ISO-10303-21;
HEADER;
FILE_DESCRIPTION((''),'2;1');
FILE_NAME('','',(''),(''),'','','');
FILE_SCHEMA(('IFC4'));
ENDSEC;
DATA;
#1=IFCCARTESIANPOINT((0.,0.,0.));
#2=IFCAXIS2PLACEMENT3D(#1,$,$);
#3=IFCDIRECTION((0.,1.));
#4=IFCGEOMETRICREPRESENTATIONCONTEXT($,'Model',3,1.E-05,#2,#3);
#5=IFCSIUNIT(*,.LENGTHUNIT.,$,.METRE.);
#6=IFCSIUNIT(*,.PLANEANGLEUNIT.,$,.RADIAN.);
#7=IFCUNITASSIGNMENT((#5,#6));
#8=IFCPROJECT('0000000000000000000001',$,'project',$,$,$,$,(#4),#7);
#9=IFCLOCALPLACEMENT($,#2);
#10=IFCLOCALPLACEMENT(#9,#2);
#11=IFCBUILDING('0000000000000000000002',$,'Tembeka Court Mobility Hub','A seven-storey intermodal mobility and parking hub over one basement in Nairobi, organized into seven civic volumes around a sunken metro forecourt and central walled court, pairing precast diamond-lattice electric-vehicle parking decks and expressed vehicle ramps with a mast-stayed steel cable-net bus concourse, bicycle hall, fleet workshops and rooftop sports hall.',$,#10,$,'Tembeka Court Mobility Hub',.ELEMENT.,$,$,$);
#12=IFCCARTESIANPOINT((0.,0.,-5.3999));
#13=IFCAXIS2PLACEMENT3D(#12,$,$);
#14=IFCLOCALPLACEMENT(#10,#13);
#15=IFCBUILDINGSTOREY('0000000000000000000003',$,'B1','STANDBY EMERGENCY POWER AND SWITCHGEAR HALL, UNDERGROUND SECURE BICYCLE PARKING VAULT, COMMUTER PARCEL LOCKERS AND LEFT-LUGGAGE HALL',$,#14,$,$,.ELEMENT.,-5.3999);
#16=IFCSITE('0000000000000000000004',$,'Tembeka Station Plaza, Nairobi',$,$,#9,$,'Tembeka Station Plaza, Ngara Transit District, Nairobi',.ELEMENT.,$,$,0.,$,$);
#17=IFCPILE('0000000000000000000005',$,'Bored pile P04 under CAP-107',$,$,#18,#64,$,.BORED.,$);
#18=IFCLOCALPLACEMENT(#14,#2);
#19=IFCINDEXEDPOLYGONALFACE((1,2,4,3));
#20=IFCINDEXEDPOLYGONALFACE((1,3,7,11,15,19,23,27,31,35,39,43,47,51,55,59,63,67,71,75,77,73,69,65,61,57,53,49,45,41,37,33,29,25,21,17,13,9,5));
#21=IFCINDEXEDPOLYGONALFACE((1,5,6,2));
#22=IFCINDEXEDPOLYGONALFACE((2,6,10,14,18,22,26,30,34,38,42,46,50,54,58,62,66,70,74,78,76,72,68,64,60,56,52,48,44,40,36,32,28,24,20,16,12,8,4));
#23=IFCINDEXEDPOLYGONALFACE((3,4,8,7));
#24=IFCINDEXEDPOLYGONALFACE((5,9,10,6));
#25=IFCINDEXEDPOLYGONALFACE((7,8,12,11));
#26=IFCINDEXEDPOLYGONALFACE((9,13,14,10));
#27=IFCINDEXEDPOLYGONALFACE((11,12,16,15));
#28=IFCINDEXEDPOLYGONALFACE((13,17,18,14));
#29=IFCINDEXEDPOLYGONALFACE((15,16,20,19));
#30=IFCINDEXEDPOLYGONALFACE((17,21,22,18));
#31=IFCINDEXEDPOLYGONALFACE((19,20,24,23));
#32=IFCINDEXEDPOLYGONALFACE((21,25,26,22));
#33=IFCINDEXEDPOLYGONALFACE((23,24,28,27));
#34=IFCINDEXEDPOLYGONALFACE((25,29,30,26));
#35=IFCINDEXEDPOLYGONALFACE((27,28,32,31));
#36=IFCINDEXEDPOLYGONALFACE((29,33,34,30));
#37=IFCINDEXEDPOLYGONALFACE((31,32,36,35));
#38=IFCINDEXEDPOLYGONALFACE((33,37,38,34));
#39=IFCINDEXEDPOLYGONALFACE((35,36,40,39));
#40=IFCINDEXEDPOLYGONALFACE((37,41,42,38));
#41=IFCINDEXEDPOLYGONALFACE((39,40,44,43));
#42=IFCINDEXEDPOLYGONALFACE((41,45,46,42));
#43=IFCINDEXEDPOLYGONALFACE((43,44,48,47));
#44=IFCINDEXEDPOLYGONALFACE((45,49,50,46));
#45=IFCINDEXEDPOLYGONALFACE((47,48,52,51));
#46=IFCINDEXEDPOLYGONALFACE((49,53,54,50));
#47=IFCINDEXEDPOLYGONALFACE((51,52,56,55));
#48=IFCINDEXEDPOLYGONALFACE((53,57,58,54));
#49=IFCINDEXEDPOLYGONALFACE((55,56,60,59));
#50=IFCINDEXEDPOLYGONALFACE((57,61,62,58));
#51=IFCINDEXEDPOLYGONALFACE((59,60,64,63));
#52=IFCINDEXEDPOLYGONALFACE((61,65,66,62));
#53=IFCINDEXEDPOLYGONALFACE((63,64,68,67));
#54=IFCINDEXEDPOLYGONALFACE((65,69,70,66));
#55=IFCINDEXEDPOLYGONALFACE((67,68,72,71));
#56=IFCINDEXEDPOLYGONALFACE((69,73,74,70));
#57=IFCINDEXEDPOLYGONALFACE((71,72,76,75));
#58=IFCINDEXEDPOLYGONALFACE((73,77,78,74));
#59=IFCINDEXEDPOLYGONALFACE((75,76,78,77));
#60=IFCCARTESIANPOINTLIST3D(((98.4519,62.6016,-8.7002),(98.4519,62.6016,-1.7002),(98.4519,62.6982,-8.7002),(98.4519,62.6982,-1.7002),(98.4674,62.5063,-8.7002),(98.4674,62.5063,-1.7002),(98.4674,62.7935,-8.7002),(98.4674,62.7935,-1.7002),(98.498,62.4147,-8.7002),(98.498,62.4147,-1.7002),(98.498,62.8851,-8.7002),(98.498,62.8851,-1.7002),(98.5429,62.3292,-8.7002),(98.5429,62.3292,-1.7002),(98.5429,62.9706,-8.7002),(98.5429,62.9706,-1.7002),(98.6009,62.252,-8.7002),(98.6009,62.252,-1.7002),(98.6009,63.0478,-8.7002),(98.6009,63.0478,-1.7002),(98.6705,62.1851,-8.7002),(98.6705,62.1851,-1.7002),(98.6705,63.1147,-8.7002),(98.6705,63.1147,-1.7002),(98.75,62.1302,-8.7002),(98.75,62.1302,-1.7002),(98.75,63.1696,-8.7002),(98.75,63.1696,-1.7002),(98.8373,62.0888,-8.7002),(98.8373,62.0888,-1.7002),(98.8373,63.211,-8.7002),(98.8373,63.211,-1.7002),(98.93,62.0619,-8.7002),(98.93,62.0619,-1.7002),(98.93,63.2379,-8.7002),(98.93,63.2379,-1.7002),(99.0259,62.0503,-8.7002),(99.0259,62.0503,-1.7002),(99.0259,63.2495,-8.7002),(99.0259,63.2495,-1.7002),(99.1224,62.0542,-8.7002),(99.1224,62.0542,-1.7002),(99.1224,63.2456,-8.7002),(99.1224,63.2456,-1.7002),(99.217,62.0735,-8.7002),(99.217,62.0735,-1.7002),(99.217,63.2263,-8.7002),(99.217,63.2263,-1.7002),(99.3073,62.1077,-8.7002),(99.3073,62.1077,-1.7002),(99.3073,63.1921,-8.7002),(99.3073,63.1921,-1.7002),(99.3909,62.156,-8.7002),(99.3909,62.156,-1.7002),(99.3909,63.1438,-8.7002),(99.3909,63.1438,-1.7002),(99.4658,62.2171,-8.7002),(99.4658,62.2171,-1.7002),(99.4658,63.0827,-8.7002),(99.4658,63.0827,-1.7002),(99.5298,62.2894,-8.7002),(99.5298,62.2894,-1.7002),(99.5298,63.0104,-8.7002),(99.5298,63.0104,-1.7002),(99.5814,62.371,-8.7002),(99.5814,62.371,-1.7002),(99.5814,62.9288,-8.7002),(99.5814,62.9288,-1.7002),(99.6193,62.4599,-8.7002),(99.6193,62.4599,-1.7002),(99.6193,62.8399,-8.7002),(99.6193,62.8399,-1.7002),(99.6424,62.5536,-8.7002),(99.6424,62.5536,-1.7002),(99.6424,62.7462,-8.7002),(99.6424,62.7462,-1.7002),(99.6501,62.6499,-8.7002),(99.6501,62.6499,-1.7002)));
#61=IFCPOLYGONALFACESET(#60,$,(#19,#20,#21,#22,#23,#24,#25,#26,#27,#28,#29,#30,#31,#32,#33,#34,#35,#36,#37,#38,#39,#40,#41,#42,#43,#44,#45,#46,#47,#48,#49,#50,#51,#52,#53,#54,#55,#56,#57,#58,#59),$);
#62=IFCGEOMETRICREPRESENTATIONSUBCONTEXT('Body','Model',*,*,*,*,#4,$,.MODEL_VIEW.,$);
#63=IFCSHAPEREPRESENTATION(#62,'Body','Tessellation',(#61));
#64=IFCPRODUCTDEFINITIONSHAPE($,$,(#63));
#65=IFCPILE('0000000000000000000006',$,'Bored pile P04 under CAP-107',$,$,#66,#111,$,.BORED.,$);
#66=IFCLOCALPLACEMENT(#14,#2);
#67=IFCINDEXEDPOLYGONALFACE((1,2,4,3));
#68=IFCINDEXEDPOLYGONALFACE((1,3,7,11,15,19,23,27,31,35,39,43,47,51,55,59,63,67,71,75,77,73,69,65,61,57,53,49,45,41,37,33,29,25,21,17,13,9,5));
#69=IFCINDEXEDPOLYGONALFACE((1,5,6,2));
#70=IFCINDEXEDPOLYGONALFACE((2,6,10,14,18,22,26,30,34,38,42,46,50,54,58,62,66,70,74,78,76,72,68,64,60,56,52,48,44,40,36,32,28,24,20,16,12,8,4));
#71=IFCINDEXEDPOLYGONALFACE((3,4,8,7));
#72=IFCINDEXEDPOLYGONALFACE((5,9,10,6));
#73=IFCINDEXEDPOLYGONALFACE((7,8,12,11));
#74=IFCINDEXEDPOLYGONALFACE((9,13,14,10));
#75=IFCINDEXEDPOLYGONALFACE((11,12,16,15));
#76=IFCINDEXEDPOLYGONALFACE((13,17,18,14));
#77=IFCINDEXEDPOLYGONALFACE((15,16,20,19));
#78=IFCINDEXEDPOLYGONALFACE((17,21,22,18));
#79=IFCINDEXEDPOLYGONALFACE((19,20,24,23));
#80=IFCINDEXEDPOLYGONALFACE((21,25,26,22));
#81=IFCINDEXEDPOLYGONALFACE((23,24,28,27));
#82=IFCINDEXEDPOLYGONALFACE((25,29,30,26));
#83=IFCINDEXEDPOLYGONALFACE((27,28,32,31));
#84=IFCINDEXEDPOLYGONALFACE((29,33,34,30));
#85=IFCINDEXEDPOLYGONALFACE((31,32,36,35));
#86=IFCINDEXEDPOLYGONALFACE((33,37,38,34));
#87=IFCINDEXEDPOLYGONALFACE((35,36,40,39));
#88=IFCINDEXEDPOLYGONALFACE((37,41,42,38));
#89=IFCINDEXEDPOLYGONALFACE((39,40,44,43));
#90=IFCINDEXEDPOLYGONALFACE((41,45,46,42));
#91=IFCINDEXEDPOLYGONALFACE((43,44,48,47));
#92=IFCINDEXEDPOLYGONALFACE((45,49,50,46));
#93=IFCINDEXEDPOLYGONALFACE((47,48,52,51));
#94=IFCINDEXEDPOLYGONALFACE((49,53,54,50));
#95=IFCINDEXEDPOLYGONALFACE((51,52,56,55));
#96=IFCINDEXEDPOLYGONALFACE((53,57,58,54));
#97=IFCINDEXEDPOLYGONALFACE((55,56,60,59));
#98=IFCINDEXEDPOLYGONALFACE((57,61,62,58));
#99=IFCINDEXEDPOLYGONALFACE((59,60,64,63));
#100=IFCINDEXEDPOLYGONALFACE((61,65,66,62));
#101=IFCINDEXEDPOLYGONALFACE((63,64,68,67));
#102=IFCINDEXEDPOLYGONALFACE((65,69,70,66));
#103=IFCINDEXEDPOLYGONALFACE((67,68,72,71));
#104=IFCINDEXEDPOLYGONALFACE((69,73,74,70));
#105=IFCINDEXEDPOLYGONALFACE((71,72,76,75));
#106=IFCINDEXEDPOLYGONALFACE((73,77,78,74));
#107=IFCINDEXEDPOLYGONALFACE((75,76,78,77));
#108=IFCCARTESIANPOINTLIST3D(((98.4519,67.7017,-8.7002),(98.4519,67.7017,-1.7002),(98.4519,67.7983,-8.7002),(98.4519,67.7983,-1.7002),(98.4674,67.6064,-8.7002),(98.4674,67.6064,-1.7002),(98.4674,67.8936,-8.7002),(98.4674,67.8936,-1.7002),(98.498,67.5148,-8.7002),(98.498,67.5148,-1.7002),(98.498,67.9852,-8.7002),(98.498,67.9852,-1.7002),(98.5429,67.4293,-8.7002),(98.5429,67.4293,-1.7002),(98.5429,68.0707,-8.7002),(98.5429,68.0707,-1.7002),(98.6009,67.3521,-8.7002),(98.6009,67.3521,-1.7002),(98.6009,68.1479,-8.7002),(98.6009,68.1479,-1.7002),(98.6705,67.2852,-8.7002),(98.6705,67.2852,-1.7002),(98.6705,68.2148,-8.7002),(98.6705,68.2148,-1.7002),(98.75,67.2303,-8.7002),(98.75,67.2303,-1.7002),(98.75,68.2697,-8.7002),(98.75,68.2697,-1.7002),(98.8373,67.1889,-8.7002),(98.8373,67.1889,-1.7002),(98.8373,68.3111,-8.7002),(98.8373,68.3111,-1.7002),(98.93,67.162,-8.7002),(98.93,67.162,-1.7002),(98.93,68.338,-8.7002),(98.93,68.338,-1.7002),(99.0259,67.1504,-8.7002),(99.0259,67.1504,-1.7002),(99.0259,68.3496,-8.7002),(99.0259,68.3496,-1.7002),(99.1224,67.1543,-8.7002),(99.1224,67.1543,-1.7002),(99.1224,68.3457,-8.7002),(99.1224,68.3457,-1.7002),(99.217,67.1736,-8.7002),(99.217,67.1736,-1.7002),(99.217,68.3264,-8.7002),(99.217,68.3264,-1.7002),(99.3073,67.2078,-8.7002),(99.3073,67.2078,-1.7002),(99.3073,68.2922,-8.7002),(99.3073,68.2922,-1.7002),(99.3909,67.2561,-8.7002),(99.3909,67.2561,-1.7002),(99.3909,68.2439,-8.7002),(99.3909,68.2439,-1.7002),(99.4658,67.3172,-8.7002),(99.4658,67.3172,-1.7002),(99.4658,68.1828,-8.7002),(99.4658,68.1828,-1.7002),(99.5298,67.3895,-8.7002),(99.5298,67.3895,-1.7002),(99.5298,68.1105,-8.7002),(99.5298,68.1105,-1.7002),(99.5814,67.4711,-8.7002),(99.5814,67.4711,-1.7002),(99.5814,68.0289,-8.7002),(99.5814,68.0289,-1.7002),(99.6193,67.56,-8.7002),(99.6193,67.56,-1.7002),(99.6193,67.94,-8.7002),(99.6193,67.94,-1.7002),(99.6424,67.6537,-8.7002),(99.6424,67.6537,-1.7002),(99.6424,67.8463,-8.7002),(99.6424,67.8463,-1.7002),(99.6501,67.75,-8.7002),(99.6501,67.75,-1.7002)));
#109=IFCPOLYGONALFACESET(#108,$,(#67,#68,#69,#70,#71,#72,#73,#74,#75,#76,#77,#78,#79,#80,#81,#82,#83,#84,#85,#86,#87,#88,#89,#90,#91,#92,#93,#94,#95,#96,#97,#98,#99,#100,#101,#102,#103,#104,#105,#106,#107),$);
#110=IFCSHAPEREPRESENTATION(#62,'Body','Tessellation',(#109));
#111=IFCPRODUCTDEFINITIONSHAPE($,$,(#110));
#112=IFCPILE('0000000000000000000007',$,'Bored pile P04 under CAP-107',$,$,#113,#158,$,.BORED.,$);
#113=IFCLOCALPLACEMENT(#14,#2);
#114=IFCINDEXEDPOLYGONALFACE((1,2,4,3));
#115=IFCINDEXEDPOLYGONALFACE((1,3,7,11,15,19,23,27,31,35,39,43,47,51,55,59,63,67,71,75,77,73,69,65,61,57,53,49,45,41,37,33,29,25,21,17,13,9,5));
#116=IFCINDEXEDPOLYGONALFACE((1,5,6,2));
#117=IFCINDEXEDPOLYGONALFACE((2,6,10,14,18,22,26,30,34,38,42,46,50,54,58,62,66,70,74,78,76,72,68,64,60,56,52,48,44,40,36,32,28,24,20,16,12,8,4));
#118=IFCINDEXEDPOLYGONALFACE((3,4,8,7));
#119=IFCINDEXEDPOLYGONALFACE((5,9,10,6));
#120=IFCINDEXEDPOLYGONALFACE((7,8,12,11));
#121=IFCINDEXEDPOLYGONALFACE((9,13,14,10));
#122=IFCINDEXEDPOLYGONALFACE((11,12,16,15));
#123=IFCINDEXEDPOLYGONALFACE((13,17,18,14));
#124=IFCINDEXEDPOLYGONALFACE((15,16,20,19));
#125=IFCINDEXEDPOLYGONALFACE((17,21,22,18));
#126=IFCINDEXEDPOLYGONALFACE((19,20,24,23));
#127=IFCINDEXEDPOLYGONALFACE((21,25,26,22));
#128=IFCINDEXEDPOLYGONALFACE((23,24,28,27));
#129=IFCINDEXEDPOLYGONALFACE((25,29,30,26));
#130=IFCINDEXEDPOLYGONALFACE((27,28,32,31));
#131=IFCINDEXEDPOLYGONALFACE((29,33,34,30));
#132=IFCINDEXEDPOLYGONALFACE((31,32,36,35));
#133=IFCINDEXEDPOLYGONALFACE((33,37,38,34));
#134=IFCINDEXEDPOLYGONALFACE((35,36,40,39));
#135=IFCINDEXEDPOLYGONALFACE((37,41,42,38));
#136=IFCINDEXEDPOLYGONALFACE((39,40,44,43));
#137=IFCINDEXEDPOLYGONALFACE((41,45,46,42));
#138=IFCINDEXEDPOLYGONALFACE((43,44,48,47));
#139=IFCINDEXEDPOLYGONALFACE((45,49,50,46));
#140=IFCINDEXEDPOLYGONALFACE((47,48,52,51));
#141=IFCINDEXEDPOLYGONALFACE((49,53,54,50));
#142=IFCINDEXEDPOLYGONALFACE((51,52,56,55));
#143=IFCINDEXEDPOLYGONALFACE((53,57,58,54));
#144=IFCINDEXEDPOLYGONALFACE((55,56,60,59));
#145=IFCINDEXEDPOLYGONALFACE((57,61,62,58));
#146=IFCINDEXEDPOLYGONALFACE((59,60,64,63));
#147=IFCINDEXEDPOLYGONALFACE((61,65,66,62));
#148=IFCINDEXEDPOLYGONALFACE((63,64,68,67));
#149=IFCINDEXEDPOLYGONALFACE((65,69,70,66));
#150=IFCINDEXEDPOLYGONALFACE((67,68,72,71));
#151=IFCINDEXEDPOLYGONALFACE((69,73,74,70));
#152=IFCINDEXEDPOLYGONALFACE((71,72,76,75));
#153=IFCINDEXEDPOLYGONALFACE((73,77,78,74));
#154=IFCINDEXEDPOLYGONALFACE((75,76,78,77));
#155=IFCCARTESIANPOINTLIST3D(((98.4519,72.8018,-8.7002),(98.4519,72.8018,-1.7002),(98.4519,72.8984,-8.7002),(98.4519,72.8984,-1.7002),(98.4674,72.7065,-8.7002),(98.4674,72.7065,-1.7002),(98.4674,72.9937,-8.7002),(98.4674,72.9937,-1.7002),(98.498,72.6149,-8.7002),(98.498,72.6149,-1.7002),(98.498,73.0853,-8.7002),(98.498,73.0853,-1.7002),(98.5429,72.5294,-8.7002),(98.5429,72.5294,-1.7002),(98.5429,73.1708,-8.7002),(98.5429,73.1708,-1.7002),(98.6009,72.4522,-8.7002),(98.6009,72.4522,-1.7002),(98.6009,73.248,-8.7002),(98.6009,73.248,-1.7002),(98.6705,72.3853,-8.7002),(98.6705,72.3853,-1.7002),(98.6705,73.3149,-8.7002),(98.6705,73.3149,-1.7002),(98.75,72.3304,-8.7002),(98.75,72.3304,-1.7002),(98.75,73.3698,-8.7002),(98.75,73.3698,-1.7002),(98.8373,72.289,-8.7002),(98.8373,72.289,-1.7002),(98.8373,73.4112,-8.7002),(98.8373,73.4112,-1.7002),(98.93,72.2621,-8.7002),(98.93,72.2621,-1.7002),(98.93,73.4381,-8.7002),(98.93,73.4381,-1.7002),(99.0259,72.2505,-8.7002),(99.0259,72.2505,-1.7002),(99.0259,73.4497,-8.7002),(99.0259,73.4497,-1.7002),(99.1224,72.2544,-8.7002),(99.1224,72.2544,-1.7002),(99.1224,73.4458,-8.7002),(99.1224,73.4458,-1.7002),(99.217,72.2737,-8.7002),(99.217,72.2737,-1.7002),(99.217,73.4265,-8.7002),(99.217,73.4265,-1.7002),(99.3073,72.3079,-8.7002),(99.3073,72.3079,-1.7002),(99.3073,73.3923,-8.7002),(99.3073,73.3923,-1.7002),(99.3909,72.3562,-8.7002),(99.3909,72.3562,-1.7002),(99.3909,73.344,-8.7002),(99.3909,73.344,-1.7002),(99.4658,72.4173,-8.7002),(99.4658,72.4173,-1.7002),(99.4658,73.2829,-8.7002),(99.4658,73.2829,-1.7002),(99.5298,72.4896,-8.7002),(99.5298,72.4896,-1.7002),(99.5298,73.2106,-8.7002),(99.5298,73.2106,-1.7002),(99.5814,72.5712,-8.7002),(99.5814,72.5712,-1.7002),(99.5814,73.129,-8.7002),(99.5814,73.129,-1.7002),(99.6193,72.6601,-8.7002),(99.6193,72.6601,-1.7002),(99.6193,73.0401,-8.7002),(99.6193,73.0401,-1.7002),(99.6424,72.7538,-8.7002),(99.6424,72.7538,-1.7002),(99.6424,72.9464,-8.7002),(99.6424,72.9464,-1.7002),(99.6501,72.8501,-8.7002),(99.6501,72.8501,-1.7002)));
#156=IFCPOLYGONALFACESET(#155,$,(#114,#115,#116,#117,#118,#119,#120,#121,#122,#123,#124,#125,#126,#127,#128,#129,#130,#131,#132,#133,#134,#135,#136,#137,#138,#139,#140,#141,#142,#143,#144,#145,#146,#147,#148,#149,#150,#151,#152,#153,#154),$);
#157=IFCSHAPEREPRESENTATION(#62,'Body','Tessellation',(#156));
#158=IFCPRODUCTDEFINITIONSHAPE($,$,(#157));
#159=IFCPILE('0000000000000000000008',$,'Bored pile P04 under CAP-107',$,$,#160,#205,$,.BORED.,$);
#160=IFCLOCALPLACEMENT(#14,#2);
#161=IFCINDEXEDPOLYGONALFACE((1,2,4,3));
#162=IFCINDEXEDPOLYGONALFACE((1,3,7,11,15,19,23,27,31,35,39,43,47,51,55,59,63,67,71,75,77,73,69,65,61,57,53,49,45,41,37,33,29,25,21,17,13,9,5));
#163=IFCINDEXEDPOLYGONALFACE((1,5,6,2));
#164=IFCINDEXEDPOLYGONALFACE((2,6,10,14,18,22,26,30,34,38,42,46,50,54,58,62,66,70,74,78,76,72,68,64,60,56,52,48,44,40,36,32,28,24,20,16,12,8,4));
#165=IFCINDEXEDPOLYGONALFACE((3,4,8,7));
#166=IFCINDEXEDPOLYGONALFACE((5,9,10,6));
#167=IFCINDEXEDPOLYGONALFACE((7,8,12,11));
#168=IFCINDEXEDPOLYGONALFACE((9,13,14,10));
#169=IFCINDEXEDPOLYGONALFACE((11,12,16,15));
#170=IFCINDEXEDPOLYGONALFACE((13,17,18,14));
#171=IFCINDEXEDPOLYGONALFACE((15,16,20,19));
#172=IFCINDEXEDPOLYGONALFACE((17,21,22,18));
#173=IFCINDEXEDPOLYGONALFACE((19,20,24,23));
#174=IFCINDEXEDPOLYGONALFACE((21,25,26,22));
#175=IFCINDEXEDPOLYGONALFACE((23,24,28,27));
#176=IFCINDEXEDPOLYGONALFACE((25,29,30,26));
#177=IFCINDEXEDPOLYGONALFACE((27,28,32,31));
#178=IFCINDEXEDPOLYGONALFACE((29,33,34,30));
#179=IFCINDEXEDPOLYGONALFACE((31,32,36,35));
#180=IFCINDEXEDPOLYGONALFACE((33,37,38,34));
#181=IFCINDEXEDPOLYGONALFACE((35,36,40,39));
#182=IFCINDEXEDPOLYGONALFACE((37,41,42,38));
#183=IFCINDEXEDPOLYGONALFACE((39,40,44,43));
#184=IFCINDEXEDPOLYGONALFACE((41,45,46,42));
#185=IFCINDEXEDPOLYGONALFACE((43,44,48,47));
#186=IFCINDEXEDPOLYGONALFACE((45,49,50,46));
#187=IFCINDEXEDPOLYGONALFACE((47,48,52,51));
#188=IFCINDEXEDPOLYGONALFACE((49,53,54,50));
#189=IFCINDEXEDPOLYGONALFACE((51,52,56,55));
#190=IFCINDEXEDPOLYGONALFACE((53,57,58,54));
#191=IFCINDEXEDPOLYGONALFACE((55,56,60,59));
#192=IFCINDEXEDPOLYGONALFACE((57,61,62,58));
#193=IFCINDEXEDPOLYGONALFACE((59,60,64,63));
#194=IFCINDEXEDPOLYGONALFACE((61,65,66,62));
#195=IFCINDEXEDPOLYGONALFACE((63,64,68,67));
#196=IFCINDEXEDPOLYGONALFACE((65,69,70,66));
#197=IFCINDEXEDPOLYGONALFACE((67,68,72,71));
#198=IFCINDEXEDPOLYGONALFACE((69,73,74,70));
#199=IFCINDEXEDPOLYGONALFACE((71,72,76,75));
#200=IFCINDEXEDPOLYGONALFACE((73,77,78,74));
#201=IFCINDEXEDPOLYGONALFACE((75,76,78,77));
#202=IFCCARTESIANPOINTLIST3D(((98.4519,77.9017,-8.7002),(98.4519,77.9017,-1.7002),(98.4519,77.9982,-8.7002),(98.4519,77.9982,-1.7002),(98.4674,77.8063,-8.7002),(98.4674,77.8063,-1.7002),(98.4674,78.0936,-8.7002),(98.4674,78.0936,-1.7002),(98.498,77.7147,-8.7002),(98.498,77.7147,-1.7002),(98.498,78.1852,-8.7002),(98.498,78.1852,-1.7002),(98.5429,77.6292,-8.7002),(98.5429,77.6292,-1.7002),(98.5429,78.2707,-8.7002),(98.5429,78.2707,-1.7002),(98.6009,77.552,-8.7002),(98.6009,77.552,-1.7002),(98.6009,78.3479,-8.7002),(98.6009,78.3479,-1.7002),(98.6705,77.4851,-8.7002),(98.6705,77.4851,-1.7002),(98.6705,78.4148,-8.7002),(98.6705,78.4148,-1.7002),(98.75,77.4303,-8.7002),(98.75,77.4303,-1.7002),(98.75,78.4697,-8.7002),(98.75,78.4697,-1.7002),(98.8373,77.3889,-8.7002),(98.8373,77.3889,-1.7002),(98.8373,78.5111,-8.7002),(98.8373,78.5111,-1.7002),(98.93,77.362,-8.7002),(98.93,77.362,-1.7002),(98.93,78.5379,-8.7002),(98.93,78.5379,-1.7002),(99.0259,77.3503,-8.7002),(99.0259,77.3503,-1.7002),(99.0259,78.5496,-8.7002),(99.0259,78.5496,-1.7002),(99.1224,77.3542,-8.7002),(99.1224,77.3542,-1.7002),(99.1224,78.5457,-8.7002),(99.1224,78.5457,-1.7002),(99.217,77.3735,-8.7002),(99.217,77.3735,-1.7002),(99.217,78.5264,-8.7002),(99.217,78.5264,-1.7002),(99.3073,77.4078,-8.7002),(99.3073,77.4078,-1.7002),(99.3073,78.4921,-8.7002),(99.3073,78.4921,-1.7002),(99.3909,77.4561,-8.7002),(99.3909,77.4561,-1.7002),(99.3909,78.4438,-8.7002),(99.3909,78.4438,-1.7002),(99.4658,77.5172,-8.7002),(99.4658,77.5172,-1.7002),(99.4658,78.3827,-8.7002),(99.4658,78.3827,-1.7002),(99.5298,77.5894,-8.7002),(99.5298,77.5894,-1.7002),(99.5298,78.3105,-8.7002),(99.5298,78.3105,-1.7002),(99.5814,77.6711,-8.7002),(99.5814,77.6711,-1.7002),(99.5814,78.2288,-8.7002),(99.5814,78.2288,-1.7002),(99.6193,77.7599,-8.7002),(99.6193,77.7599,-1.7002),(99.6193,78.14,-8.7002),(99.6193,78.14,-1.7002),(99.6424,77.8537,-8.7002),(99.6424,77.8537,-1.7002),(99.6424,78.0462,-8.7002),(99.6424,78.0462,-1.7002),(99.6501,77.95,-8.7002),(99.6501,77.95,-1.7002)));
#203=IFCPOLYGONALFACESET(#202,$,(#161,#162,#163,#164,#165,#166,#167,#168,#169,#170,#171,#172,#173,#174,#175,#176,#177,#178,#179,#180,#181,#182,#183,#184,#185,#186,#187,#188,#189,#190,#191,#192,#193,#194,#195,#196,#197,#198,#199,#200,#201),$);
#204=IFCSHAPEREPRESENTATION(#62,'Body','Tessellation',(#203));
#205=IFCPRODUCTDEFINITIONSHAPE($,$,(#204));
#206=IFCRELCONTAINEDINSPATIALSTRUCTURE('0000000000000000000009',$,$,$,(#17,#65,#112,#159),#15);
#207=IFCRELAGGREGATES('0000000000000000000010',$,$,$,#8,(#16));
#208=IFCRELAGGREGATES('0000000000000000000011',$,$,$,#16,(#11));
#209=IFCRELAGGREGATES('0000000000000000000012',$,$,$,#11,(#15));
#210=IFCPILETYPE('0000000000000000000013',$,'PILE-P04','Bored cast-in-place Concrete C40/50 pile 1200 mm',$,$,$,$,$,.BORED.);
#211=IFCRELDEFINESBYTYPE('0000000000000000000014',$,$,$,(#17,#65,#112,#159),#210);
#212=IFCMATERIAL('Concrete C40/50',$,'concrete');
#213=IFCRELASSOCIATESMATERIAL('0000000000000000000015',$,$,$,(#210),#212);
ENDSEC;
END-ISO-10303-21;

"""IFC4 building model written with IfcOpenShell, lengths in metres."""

from ifc_helpers import new_model, si_unit, direction, frame, origin, origin_2d, place, context, subcontext, project, spatial, circle, extrude, material, material_profile, profile_set, type_object, element, save


model = new_model("IFC4")

# Units and contexts
model_context = context("Model", 3, precision=1e-05, world=origin(), true_north=direction((0.0, 1.0)))
body_context = subcontext(model_context, "Body", "Model", "MODEL_VIEW")
ifc_project = project(units=[si_unit("LENGTHUNIT", "METRE"), si_unit("PLANEANGLEUNIT", "RADIAN")], contexts=[model_context])

# Site, building, storey
site_placement = place(None, origin())
site = spatial("IfcSite", under=ifc_project, at=site_placement, Name="Tembeka Station Plaza, Nairobi", LongName="Tembeka Station Plaza, Ngara Transit District, Nairobi", CompositionType="ELEMENT", RefElevation=0.0)
building_placement = place(site_placement, origin())
building = spatial("IfcBuilding", under=site, at=building_placement, Name="Tembeka Court Mobility Hub", Description="A seven-storey intermodal mobility and parking hub over one basement in Nairobi, organized into seven civic volumes around a sunken metro forecourt and central walled court, pairing precast diamond-lattice electric-vehicle parking decks and expressed vehicle ramps with a mast-stayed steel cable-net bus concourse, bicycle hall, fleet workshops and rooftop sports hall.", LongName="Tembeka Court Mobility Hub", CompositionType="ELEMENT")
storey_placement = place(building_placement, frame((0.0, 0.0, -5.3999)))
storey = spatial("IfcBuildingStorey", under=building, at=storey_placement, Name="B1", Description="STANDBY EMERGENCY POWER AND SWITCHGEAR HALL, UNDERGROUND SECURE BICYCLE PARKING VAULT, COMMUTER PARCEL LOCKERS AND LEFT-LUGGAGE HALL", CompositionType="ELEMENT", Elevation=-5.3999)

# Shared definitions
ifc_material_1 = material(Name="Concrete C40/50", Category="concrete")

# Piles
ifc_material_profile_1 = material_profile(ifc_material_1, circle(Radius=0.6001, at=origin_2d()), Name="PILE D1200")
ifc_profile_set_1 = profile_set([ifc_material_profile_1], Name="Concrete C40/50")
pile_type_1 = type_object("IfcPileType", Name="PILE-P04", Description="Bored cast-in-place Concrete C40/50 pile 1200 mm", PredefinedType="BORED", material=ifc_profile_set_1)
for number, where, z_axis, x_axis, name in (
    (1, (99.05, 62.6499, -1.7002), (0.0, 0.0, -1.0), (1.0, 0.0, 0.0), "Bored pile P04 under CAP-107"),
    (2, (99.05, 67.75, -1.7002), (0.0, 0.0, -1.0), (1.0, 0.0, 0.0), "Bored pile P04 under CAP-107"),
    (3, (99.05, 72.8501, -1.7002), (0.0, 0.0, -1.0), (1.0, 0.0, 0.0), "Bored pile P04 under CAP-107"),
    (4, (99.05, 77.95, -1.7002), (0.0, 0.0, -1.0), (1.0, 0.0, 0.0), "Bored pile P04 under CAP-107"),
):
    element("IfcPile", number, at=place(storey_placement, frame(where, z_axis=z_axis, x_axis=x_axis)), inside=storey, type_object=pile_type_1, Name=name, PredefinedType="BORED", context=body_context, shape_type="SweptSolid", body=[
        extrude(circle(Radius=0.6001, at=origin_2d()), origin(), (0.0, 0.0, 1.0), 7.0),
    ])

save(model, "model.ifc")
